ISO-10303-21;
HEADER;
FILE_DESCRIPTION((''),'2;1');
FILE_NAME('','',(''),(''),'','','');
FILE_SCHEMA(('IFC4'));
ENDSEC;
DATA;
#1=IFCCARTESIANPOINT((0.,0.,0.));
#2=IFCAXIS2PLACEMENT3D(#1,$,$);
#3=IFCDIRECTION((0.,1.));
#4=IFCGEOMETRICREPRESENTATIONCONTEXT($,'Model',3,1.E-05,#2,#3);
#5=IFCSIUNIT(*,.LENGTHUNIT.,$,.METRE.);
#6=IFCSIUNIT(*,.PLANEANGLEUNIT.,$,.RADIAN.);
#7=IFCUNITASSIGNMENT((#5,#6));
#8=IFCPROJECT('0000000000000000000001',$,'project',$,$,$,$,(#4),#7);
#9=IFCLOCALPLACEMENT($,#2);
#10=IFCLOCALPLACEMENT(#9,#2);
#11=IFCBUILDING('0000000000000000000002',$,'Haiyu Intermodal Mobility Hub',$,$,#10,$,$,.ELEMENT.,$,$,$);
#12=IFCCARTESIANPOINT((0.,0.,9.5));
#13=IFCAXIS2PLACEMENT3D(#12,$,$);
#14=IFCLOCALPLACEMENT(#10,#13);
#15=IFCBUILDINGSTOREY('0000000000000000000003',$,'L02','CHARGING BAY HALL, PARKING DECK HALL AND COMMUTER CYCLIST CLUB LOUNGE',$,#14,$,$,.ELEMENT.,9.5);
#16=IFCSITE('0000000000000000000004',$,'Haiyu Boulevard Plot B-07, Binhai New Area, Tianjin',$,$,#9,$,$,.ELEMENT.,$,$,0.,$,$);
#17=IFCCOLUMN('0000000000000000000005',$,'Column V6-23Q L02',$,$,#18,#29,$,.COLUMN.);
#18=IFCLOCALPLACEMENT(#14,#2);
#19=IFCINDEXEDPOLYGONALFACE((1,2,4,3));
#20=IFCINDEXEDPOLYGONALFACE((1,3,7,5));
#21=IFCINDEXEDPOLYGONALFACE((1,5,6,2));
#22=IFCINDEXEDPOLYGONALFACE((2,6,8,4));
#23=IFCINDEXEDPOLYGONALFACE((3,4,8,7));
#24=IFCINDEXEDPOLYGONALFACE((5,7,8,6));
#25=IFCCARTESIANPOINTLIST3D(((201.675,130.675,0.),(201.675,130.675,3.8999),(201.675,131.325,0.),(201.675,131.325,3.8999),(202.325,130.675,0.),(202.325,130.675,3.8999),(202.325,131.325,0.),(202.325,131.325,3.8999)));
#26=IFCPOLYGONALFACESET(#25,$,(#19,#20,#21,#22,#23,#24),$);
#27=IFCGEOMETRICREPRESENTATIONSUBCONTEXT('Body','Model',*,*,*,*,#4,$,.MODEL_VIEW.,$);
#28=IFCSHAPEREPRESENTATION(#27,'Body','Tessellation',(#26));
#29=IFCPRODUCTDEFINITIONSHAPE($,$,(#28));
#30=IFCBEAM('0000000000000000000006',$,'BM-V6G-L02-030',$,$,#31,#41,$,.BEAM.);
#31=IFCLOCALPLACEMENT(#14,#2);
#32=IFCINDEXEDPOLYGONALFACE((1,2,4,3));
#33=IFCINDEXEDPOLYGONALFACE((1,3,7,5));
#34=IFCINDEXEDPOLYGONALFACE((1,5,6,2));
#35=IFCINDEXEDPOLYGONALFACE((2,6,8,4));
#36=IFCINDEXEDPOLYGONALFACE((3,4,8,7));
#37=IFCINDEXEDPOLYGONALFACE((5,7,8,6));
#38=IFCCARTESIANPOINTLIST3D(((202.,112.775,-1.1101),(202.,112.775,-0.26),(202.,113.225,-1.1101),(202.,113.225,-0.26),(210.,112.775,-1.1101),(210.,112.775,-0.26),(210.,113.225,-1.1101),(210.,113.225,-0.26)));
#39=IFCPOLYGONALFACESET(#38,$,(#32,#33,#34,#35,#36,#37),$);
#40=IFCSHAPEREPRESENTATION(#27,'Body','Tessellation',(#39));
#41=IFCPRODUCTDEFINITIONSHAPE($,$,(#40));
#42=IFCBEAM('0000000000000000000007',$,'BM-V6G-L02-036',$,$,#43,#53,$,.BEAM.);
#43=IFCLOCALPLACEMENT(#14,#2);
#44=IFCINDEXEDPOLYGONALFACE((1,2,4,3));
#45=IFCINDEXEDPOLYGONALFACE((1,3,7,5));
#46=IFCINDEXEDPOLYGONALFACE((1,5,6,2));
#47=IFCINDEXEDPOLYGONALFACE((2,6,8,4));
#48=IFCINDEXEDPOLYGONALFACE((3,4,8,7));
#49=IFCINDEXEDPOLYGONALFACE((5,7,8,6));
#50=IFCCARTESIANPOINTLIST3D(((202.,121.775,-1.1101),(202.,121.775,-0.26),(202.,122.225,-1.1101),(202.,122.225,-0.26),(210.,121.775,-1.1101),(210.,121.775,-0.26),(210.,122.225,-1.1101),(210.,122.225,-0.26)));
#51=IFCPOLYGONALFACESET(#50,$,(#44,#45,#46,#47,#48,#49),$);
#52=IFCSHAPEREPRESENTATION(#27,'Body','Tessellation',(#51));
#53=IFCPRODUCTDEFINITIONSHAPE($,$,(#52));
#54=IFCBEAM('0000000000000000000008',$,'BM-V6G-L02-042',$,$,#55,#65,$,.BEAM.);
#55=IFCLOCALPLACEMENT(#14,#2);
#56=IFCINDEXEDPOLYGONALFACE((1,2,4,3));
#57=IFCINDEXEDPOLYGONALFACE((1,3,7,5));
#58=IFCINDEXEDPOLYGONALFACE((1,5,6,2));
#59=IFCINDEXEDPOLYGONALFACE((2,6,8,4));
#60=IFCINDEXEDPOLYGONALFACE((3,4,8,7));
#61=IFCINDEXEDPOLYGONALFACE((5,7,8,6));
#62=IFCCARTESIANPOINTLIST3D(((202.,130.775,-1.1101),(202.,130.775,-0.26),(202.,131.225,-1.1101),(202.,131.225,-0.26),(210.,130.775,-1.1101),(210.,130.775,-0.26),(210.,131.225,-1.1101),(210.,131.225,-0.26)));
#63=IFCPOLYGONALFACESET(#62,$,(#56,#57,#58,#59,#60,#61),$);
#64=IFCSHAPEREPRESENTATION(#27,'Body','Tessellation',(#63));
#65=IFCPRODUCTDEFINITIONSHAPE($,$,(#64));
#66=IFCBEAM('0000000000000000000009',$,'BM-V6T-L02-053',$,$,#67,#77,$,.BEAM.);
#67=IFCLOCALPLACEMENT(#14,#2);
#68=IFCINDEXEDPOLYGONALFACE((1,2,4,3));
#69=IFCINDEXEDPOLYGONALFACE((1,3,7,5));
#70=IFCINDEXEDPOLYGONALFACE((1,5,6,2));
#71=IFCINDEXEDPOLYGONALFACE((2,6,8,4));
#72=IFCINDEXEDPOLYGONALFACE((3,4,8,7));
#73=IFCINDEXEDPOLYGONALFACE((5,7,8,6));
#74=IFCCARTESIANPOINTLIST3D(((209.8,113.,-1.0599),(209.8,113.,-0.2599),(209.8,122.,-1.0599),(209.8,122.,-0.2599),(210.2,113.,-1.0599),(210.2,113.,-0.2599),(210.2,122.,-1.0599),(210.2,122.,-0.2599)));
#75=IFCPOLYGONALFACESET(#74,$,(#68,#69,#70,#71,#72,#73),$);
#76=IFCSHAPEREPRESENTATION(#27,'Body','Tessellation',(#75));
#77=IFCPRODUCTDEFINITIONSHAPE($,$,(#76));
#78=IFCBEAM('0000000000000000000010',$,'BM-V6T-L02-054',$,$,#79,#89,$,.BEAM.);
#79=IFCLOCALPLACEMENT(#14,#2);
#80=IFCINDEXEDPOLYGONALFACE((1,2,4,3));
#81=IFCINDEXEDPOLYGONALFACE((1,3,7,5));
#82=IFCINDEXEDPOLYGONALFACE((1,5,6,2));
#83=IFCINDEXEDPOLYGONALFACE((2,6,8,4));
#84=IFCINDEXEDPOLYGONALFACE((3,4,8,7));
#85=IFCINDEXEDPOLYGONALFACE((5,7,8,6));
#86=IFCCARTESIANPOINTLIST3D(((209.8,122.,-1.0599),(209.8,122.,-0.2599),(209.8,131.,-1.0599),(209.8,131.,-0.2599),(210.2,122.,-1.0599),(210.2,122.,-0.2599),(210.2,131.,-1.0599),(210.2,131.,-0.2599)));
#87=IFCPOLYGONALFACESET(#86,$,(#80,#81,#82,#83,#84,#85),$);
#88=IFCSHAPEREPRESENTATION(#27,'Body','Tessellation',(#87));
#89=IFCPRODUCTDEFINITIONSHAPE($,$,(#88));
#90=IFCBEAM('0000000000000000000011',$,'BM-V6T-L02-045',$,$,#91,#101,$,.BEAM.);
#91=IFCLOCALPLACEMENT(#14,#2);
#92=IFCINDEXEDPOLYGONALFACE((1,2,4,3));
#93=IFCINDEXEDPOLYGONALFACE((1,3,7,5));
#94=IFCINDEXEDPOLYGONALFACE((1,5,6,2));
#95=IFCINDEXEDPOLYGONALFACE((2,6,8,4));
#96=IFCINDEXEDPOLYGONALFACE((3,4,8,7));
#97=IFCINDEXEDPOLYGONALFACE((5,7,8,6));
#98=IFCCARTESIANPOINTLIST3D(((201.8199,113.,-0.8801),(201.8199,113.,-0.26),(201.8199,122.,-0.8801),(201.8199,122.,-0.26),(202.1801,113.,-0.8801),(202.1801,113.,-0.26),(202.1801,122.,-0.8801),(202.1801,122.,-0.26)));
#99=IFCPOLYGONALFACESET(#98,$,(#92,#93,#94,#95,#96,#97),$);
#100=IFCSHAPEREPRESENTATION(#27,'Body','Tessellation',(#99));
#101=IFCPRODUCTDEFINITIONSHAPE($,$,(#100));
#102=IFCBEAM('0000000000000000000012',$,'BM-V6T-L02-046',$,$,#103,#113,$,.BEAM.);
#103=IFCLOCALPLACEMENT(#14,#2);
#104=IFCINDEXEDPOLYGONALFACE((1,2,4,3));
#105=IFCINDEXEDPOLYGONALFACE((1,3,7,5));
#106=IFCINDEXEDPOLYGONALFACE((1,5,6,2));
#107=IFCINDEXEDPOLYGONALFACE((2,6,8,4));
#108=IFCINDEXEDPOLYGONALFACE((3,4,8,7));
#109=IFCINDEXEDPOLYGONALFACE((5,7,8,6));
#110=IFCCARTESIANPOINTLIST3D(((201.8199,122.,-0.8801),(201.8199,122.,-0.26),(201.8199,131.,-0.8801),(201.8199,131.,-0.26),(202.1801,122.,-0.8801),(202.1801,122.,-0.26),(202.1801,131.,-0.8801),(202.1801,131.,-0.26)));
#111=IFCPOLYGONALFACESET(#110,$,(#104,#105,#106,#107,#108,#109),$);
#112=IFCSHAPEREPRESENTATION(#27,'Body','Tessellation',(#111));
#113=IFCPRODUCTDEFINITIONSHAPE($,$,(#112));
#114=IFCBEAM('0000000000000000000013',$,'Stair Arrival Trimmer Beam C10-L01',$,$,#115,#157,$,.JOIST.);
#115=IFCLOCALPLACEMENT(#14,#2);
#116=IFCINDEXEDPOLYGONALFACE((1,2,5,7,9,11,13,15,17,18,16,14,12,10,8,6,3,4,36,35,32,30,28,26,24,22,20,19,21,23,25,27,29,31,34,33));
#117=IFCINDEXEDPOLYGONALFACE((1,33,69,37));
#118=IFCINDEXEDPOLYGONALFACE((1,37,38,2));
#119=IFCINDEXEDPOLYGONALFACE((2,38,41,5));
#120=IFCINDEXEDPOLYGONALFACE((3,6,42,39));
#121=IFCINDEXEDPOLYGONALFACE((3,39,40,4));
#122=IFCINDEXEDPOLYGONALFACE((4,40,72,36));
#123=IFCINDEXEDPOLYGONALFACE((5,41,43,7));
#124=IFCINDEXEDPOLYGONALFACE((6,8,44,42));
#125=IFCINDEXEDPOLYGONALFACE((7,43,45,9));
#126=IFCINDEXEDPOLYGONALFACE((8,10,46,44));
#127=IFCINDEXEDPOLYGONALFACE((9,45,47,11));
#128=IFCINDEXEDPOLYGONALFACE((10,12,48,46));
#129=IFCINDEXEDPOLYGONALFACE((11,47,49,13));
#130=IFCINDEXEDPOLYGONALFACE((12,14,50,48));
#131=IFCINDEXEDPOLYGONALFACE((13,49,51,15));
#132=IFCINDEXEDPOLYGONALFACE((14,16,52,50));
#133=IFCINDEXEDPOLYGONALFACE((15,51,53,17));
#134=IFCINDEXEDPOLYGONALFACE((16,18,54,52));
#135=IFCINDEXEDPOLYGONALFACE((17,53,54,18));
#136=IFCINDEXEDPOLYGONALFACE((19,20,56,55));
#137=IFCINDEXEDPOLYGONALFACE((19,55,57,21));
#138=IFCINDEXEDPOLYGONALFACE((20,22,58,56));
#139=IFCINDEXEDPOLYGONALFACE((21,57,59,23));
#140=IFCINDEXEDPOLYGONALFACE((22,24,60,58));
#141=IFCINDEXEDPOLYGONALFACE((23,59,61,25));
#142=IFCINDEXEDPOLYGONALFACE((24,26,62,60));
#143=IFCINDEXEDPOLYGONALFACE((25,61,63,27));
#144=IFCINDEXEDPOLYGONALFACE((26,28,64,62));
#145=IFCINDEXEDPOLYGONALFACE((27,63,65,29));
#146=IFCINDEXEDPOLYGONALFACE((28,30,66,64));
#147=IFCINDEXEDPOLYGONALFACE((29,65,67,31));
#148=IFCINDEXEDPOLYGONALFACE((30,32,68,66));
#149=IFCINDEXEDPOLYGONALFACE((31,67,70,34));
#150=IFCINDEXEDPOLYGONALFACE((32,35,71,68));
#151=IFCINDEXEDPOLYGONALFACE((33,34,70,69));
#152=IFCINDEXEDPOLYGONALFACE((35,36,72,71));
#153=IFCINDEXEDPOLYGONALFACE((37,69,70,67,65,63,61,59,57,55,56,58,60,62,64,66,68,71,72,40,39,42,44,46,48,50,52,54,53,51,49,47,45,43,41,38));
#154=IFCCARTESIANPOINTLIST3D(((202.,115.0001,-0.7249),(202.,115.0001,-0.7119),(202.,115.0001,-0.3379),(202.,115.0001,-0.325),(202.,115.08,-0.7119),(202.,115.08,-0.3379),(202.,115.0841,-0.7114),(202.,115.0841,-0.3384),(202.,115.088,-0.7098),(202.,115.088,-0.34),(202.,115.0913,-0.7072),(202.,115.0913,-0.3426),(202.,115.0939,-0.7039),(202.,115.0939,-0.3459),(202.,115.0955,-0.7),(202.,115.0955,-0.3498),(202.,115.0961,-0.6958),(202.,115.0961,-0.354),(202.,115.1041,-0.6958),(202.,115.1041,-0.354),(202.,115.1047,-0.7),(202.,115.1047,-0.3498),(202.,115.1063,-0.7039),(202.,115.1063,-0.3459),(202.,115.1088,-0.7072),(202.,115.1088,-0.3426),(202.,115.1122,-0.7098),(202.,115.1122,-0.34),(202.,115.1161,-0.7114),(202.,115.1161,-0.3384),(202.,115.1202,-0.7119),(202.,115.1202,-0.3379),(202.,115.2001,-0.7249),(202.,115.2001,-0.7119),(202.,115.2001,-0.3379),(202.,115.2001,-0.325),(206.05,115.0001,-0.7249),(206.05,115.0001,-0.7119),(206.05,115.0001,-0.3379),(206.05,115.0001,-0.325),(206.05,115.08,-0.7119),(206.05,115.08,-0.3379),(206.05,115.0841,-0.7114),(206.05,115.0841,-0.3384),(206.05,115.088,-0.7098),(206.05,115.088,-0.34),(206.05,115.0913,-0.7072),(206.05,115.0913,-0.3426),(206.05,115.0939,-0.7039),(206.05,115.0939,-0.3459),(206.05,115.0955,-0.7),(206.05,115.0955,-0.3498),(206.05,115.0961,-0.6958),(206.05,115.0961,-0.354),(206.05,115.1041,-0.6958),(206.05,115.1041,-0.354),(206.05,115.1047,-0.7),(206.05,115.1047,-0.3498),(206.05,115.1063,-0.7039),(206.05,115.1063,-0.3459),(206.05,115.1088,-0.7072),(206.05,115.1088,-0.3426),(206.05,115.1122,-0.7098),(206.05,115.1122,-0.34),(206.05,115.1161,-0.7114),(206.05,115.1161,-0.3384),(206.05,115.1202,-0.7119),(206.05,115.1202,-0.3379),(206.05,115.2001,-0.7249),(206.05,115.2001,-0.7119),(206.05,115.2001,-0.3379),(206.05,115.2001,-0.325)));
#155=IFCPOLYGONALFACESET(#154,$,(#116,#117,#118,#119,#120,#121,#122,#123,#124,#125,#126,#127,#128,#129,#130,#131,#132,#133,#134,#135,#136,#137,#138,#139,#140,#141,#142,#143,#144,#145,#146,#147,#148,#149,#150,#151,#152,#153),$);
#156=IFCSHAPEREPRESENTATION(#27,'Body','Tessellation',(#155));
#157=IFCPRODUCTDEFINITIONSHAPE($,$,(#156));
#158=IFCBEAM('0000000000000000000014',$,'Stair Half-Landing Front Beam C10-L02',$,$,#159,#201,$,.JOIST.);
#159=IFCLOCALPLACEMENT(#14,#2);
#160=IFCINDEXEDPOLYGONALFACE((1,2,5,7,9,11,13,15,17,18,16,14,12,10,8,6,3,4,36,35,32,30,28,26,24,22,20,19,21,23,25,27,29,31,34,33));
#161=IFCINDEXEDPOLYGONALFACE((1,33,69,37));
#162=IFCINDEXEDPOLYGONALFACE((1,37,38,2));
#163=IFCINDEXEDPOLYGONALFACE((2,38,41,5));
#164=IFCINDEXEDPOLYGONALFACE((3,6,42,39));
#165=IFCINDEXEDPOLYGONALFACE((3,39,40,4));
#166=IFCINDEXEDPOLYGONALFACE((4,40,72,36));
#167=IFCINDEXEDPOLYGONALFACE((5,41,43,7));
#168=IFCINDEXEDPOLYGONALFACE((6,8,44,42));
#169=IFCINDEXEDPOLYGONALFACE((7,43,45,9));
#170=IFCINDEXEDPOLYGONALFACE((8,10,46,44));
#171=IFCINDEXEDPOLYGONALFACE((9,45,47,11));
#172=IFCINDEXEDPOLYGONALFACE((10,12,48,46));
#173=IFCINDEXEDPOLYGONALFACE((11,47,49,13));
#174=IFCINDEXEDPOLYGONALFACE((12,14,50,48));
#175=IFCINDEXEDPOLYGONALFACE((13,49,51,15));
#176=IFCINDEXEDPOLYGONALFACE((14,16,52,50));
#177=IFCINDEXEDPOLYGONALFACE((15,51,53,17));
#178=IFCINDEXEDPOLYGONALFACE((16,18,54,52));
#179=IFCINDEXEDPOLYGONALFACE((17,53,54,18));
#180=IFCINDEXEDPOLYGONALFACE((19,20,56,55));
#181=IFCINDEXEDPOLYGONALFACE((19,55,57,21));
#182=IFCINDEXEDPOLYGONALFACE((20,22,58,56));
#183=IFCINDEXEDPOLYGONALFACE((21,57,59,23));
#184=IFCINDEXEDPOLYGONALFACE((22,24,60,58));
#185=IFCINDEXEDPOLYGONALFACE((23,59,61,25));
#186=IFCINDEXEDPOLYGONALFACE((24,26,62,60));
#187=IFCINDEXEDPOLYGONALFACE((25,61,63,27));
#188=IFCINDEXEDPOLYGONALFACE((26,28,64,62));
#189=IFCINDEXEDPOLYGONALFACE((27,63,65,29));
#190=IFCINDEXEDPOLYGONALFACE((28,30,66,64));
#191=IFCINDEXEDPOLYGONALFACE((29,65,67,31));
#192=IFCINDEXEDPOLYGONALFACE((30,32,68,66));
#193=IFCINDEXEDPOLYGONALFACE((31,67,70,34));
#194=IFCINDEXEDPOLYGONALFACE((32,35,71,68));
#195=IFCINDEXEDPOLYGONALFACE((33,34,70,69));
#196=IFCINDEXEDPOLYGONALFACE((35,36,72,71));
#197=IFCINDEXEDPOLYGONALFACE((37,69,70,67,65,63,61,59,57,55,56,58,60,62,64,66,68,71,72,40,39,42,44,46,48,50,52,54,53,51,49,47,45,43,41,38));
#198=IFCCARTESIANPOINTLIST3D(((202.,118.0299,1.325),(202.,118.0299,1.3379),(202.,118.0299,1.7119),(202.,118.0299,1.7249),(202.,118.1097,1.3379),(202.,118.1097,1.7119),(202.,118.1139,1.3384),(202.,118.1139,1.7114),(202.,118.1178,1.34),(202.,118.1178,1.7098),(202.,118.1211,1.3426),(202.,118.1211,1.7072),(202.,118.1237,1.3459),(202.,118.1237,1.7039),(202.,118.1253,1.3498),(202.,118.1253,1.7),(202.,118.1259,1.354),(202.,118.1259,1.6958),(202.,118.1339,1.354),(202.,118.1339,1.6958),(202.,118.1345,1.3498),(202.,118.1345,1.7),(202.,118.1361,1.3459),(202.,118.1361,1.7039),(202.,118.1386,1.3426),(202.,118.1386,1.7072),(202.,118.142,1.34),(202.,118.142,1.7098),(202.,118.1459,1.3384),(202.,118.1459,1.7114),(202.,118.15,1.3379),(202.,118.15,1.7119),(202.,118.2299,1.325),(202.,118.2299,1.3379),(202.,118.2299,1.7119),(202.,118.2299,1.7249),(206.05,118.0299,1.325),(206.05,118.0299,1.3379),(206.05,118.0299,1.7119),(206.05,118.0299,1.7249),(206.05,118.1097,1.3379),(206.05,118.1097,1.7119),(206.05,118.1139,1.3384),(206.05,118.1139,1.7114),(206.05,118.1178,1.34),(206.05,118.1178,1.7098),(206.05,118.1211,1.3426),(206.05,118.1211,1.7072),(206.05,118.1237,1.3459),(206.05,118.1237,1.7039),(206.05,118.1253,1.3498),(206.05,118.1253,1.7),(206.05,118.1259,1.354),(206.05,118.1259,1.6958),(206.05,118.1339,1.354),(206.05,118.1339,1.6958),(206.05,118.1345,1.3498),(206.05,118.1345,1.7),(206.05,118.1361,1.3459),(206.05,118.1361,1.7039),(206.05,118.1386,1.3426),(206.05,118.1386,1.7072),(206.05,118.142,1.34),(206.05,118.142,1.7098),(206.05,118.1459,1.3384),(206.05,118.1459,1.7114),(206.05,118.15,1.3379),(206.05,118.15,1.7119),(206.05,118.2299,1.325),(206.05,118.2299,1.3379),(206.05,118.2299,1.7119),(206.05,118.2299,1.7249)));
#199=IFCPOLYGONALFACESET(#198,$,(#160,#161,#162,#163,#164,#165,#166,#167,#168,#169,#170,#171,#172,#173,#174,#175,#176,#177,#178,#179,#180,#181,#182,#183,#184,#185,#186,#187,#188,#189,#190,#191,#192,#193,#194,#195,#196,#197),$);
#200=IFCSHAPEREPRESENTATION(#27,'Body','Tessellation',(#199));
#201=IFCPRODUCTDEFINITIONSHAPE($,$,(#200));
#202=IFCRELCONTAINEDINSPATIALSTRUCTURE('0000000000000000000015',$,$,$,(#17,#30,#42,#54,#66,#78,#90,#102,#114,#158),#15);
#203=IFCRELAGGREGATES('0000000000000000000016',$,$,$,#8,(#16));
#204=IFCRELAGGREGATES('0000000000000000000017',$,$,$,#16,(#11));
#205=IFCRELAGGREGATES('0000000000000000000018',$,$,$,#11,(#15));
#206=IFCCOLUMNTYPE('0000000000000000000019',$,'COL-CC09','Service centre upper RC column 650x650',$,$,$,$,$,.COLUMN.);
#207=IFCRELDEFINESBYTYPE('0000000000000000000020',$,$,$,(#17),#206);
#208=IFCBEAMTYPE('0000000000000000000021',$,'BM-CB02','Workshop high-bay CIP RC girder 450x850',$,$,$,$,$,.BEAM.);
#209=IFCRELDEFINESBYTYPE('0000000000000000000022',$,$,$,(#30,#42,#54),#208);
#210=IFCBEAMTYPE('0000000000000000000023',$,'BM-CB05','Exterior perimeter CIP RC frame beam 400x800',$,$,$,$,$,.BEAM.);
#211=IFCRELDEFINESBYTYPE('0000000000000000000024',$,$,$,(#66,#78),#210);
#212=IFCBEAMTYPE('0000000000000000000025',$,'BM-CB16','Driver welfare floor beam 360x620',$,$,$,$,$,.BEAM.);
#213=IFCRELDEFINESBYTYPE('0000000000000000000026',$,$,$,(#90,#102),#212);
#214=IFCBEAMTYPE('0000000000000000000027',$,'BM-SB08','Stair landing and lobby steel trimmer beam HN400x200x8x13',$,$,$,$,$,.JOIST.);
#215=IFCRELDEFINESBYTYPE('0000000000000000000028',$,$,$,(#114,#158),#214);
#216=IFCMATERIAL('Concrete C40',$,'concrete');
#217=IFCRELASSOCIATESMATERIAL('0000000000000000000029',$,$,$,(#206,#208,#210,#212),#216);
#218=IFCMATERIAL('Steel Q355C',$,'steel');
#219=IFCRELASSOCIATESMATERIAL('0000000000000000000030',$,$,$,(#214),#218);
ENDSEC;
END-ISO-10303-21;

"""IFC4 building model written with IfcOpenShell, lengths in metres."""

from ifc_helpers import new_model, si_unit, direction, frame, origin, origin_2d, place, context, subcontext, project, spatial, rectangle, i_section, extrude, material, material_profile, profile_set, type_object, element, save


model = new_model("IFC4")

# Units and contexts
model_context = context("Model", 3, precision=1e-05, world=origin(), true_north=direction((0.0, 1.0)))
body_context = subcontext(model_context, "Body", "Model", "MODEL_VIEW")
ifc_project = project(units=[si_unit("LENGTHUNIT", "METRE"), si_unit("PLANEANGLEUNIT", "RADIAN")], contexts=[model_context])

# Site, building, storey
site_placement = place(None, origin())
site = spatial("IfcSite", under=ifc_project, at=site_placement, Name="Haiyu Boulevard Plot B-07, Binhai New Area, Tianjin", CompositionType="ELEMENT", RefElevation=0.0)
building_placement = place(site_placement, origin())
building = spatial("IfcBuilding", under=site, at=building_placement, Name="Haiyu Intermodal Mobility Hub", CompositionType="ELEMENT")
storey_placement = place(building_placement, frame((0.0, 0.0, 9.5)))
storey = spatial("IfcBuildingStorey", under=building, at=storey_placement, Name="L02", Description="CHARGING BAY HALL, PARKING DECK HALL AND COMMUTER CYCLIST CLUB LOUNGE", CompositionType="ELEMENT", Elevation=9.5)

# Column
ifc_material_1 = material(Name="Concrete C40", Category="concrete")
ifc_material_profile_1 = material_profile(ifc_material_1, rectangle(XDim=0.6499, YDim=0.6499, at=origin_2d()), Name="RC650x650")
ifc_profile_set_1 = profile_set([ifc_material_profile_1], Name="Concrete C40")
column_type = type_object("IfcColumnType", Name="COL-CC09", Description="Service centre upper RC column 650x650", PredefinedType="COLUMN", material=ifc_profile_set_1)
column_placement = place(storey_placement, frame((202.0, 131.0, 0.0), z_axis=(0.0, 0.0, 1.0), x_axis=(1.0, 0.0, 0.0)))
element("IfcColumn", 1, at=column_placement, inside=storey, type_object=column_type, Name="Column V6-23Q L02", PredefinedType="COLUMN", context=body_context, shape_type="SweptSolid", body=[
    extrude(rectangle(XDim=0.6499, YDim=0.6499, at=origin_2d()), origin(), (0.0, 0.0, 1.0), 3.8999),
])

# Beams
ifc_material_profile_2 = material_profile(ifc_material_1, rectangle(XDim=0.45, YDim=0.8501, at=origin_2d()), Name="RCB450x850")
ifc_profile_set_2 = profile_set([ifc_material_profile_2], Name="Concrete C40")
beam_type_1 = type_object("IfcBeamType", Name="BM-CB02", Description="Workshop high-bay CIP RC girder 450x850", PredefinedType="BEAM", material=ifc_profile_set_2)
for number, where, z_axis, x_axis, name in (
    (2, (202.0, 113.0, -0.6851), (1.0, 0.0, 0.0), (0.0, 1.0, 0.0), "BM-V6G-L02-030"),
    (3, (202.0, 122.0, -0.6851), (1.0, 0.0, 0.0), (0.0, 1.0, 0.0), "BM-V6G-L02-036"),
    (4, (202.0, 131.0, -0.6851), (1.0, 0.0, 0.0), (0.0, 1.0, 0.0), "BM-V6G-L02-042"),
):
    element("IfcBeam", number, at=place(storey_placement, frame(where, z_axis=z_axis, x_axis=x_axis)), inside=storey, type_object=beam_type_1, Name=name, PredefinedType="BEAM", context=body_context, shape_type="SweptSolid", body=[
        extrude(rectangle(XDim=0.45, YDim=0.8501, at=origin_2d()), origin(), (0.0, 0.0, 1.0), 8.0),
    ])
ifc_material_profile_3 = material_profile(ifc_material_1, rectangle(XDim=0.3999, YDim=0.8, at=origin_2d()), Name="RCB400x800")
ifc_profile_set_3 = profile_set([ifc_material_profile_3], Name="Concrete C40")
beam_type_2 = type_object("IfcBeamType", Name="BM-CB05", Description="Exterior perimeter CIP RC frame beam 400x800", PredefinedType="BEAM", material=ifc_profile_set_3)
for number, where, z_axis, x_axis, name in (
    (5, (210.0, 113.0, -0.6599), (0.0, 1.0, 0.0), (-1.0, 0.0, 0.0), "BM-V6T-L02-053"),
    (6, (210.0, 122.0, -0.6599), (0.0, 1.0, 0.0), (-1.0, 0.0, 0.0), "BM-V6T-L02-054"),
):
    element("IfcBeam", number, at=place(storey_placement, frame(where, z_axis=z_axis, x_axis=x_axis)), inside=storey, type_object=beam_type_2, Name=name, PredefinedType="BEAM", context=body_context, shape_type="SweptSolid", body=[
        extrude(rectangle(XDim=0.3999, YDim=0.8, at=origin_2d()), origin(), (0.0, 0.0, 1.0), 9.0),
    ])
ifc_material_profile_4 = material_profile(ifc_material_1, rectangle(XDim=0.3601, YDim=0.6201, at=origin_2d()), Name="B360x620")
ifc_profile_set_4 = profile_set([ifc_material_profile_4], Name="Concrete C40")
beam_type_3 = type_object("IfcBeamType", Name="BM-CB16", Description="Driver welfare floor beam 360x620", PredefinedType="BEAM", material=ifc_profile_set_4)
for number, where, z_axis, x_axis, name in (
    (7, (202.0, 113.0, -0.5701), (0.0, 1.0, 0.0), (-1.0, 0.0, 0.0), "BM-V6T-L02-045"),
    (8, (202.0, 122.0, -0.5701), (0.0, 1.0, 0.0), (-1.0, 0.0, 0.0), "BM-V6T-L02-046"),
):
    element("IfcBeam", number, at=place(storey_placement, frame(where, z_axis=z_axis, x_axis=x_axis)), inside=storey, type_object=beam_type_3, Name=name, PredefinedType="BEAM", context=body_context, shape_type="SweptSolid", body=[
        extrude(rectangle(XDim=0.3601, YDim=0.6201, at=origin_2d()), origin(), (0.0, 0.0, 1.0), 9.0),
    ])
ifc_material_2 = material(Name="Steel Q355C", Category="steel")
ifc_material_profile_5 = material_profile(ifc_material_2, i_section(OverallWidth=0.2, OverallDepth=0.3999, WebThickness=0.0081, FlangeThickness=0.0129, FilletRadius=0.0161, at=origin_2d()), Name="HN400x200x8x13")
ifc_profile_set_5 = profile_set([ifc_material_profile_5], Name="Steel Q355C")
beam_type_4 = type_object("IfcBeamType", Name="BM-SB08", Description="Stair landing and lobby steel trimmer beam HN400x200x8x13", PredefinedType="JOIST", material=ifc_profile_set_5)
for number, where, z_axis, x_axis, name in (
    (9, (202.0, 115.1001, -0.5249), (1.0, 0.0, 0.0), (0.0, 1.0, 0.0), "Stair Arrival Trimmer Beam C10-L01"),
    (10, (202.0, 118.1299, 1.5249), (1.0, 0.0, 0.0), (0.0, 1.0, 0.0), "Stair Half-Landing Front Beam C10-L02"),
):
    element("IfcBeam", number, at=place(storey_placement, frame(where, z_axis=z_axis, x_axis=x_axis)), inside=storey, type_object=beam_type_4, Name=name, PredefinedType="JOIST", context=body_context, shape_type="SweptSolid", body=[
        extrude(i_section(OverallWidth=0.2, OverallDepth=0.3999, WebThickness=0.0081, FlangeThickness=0.0129, FilletRadius=0.0161, at=origin_2d()), origin(), (0.0, 0.0, 1.0), 4.05),
    ])

save(model, "model.ifc")
